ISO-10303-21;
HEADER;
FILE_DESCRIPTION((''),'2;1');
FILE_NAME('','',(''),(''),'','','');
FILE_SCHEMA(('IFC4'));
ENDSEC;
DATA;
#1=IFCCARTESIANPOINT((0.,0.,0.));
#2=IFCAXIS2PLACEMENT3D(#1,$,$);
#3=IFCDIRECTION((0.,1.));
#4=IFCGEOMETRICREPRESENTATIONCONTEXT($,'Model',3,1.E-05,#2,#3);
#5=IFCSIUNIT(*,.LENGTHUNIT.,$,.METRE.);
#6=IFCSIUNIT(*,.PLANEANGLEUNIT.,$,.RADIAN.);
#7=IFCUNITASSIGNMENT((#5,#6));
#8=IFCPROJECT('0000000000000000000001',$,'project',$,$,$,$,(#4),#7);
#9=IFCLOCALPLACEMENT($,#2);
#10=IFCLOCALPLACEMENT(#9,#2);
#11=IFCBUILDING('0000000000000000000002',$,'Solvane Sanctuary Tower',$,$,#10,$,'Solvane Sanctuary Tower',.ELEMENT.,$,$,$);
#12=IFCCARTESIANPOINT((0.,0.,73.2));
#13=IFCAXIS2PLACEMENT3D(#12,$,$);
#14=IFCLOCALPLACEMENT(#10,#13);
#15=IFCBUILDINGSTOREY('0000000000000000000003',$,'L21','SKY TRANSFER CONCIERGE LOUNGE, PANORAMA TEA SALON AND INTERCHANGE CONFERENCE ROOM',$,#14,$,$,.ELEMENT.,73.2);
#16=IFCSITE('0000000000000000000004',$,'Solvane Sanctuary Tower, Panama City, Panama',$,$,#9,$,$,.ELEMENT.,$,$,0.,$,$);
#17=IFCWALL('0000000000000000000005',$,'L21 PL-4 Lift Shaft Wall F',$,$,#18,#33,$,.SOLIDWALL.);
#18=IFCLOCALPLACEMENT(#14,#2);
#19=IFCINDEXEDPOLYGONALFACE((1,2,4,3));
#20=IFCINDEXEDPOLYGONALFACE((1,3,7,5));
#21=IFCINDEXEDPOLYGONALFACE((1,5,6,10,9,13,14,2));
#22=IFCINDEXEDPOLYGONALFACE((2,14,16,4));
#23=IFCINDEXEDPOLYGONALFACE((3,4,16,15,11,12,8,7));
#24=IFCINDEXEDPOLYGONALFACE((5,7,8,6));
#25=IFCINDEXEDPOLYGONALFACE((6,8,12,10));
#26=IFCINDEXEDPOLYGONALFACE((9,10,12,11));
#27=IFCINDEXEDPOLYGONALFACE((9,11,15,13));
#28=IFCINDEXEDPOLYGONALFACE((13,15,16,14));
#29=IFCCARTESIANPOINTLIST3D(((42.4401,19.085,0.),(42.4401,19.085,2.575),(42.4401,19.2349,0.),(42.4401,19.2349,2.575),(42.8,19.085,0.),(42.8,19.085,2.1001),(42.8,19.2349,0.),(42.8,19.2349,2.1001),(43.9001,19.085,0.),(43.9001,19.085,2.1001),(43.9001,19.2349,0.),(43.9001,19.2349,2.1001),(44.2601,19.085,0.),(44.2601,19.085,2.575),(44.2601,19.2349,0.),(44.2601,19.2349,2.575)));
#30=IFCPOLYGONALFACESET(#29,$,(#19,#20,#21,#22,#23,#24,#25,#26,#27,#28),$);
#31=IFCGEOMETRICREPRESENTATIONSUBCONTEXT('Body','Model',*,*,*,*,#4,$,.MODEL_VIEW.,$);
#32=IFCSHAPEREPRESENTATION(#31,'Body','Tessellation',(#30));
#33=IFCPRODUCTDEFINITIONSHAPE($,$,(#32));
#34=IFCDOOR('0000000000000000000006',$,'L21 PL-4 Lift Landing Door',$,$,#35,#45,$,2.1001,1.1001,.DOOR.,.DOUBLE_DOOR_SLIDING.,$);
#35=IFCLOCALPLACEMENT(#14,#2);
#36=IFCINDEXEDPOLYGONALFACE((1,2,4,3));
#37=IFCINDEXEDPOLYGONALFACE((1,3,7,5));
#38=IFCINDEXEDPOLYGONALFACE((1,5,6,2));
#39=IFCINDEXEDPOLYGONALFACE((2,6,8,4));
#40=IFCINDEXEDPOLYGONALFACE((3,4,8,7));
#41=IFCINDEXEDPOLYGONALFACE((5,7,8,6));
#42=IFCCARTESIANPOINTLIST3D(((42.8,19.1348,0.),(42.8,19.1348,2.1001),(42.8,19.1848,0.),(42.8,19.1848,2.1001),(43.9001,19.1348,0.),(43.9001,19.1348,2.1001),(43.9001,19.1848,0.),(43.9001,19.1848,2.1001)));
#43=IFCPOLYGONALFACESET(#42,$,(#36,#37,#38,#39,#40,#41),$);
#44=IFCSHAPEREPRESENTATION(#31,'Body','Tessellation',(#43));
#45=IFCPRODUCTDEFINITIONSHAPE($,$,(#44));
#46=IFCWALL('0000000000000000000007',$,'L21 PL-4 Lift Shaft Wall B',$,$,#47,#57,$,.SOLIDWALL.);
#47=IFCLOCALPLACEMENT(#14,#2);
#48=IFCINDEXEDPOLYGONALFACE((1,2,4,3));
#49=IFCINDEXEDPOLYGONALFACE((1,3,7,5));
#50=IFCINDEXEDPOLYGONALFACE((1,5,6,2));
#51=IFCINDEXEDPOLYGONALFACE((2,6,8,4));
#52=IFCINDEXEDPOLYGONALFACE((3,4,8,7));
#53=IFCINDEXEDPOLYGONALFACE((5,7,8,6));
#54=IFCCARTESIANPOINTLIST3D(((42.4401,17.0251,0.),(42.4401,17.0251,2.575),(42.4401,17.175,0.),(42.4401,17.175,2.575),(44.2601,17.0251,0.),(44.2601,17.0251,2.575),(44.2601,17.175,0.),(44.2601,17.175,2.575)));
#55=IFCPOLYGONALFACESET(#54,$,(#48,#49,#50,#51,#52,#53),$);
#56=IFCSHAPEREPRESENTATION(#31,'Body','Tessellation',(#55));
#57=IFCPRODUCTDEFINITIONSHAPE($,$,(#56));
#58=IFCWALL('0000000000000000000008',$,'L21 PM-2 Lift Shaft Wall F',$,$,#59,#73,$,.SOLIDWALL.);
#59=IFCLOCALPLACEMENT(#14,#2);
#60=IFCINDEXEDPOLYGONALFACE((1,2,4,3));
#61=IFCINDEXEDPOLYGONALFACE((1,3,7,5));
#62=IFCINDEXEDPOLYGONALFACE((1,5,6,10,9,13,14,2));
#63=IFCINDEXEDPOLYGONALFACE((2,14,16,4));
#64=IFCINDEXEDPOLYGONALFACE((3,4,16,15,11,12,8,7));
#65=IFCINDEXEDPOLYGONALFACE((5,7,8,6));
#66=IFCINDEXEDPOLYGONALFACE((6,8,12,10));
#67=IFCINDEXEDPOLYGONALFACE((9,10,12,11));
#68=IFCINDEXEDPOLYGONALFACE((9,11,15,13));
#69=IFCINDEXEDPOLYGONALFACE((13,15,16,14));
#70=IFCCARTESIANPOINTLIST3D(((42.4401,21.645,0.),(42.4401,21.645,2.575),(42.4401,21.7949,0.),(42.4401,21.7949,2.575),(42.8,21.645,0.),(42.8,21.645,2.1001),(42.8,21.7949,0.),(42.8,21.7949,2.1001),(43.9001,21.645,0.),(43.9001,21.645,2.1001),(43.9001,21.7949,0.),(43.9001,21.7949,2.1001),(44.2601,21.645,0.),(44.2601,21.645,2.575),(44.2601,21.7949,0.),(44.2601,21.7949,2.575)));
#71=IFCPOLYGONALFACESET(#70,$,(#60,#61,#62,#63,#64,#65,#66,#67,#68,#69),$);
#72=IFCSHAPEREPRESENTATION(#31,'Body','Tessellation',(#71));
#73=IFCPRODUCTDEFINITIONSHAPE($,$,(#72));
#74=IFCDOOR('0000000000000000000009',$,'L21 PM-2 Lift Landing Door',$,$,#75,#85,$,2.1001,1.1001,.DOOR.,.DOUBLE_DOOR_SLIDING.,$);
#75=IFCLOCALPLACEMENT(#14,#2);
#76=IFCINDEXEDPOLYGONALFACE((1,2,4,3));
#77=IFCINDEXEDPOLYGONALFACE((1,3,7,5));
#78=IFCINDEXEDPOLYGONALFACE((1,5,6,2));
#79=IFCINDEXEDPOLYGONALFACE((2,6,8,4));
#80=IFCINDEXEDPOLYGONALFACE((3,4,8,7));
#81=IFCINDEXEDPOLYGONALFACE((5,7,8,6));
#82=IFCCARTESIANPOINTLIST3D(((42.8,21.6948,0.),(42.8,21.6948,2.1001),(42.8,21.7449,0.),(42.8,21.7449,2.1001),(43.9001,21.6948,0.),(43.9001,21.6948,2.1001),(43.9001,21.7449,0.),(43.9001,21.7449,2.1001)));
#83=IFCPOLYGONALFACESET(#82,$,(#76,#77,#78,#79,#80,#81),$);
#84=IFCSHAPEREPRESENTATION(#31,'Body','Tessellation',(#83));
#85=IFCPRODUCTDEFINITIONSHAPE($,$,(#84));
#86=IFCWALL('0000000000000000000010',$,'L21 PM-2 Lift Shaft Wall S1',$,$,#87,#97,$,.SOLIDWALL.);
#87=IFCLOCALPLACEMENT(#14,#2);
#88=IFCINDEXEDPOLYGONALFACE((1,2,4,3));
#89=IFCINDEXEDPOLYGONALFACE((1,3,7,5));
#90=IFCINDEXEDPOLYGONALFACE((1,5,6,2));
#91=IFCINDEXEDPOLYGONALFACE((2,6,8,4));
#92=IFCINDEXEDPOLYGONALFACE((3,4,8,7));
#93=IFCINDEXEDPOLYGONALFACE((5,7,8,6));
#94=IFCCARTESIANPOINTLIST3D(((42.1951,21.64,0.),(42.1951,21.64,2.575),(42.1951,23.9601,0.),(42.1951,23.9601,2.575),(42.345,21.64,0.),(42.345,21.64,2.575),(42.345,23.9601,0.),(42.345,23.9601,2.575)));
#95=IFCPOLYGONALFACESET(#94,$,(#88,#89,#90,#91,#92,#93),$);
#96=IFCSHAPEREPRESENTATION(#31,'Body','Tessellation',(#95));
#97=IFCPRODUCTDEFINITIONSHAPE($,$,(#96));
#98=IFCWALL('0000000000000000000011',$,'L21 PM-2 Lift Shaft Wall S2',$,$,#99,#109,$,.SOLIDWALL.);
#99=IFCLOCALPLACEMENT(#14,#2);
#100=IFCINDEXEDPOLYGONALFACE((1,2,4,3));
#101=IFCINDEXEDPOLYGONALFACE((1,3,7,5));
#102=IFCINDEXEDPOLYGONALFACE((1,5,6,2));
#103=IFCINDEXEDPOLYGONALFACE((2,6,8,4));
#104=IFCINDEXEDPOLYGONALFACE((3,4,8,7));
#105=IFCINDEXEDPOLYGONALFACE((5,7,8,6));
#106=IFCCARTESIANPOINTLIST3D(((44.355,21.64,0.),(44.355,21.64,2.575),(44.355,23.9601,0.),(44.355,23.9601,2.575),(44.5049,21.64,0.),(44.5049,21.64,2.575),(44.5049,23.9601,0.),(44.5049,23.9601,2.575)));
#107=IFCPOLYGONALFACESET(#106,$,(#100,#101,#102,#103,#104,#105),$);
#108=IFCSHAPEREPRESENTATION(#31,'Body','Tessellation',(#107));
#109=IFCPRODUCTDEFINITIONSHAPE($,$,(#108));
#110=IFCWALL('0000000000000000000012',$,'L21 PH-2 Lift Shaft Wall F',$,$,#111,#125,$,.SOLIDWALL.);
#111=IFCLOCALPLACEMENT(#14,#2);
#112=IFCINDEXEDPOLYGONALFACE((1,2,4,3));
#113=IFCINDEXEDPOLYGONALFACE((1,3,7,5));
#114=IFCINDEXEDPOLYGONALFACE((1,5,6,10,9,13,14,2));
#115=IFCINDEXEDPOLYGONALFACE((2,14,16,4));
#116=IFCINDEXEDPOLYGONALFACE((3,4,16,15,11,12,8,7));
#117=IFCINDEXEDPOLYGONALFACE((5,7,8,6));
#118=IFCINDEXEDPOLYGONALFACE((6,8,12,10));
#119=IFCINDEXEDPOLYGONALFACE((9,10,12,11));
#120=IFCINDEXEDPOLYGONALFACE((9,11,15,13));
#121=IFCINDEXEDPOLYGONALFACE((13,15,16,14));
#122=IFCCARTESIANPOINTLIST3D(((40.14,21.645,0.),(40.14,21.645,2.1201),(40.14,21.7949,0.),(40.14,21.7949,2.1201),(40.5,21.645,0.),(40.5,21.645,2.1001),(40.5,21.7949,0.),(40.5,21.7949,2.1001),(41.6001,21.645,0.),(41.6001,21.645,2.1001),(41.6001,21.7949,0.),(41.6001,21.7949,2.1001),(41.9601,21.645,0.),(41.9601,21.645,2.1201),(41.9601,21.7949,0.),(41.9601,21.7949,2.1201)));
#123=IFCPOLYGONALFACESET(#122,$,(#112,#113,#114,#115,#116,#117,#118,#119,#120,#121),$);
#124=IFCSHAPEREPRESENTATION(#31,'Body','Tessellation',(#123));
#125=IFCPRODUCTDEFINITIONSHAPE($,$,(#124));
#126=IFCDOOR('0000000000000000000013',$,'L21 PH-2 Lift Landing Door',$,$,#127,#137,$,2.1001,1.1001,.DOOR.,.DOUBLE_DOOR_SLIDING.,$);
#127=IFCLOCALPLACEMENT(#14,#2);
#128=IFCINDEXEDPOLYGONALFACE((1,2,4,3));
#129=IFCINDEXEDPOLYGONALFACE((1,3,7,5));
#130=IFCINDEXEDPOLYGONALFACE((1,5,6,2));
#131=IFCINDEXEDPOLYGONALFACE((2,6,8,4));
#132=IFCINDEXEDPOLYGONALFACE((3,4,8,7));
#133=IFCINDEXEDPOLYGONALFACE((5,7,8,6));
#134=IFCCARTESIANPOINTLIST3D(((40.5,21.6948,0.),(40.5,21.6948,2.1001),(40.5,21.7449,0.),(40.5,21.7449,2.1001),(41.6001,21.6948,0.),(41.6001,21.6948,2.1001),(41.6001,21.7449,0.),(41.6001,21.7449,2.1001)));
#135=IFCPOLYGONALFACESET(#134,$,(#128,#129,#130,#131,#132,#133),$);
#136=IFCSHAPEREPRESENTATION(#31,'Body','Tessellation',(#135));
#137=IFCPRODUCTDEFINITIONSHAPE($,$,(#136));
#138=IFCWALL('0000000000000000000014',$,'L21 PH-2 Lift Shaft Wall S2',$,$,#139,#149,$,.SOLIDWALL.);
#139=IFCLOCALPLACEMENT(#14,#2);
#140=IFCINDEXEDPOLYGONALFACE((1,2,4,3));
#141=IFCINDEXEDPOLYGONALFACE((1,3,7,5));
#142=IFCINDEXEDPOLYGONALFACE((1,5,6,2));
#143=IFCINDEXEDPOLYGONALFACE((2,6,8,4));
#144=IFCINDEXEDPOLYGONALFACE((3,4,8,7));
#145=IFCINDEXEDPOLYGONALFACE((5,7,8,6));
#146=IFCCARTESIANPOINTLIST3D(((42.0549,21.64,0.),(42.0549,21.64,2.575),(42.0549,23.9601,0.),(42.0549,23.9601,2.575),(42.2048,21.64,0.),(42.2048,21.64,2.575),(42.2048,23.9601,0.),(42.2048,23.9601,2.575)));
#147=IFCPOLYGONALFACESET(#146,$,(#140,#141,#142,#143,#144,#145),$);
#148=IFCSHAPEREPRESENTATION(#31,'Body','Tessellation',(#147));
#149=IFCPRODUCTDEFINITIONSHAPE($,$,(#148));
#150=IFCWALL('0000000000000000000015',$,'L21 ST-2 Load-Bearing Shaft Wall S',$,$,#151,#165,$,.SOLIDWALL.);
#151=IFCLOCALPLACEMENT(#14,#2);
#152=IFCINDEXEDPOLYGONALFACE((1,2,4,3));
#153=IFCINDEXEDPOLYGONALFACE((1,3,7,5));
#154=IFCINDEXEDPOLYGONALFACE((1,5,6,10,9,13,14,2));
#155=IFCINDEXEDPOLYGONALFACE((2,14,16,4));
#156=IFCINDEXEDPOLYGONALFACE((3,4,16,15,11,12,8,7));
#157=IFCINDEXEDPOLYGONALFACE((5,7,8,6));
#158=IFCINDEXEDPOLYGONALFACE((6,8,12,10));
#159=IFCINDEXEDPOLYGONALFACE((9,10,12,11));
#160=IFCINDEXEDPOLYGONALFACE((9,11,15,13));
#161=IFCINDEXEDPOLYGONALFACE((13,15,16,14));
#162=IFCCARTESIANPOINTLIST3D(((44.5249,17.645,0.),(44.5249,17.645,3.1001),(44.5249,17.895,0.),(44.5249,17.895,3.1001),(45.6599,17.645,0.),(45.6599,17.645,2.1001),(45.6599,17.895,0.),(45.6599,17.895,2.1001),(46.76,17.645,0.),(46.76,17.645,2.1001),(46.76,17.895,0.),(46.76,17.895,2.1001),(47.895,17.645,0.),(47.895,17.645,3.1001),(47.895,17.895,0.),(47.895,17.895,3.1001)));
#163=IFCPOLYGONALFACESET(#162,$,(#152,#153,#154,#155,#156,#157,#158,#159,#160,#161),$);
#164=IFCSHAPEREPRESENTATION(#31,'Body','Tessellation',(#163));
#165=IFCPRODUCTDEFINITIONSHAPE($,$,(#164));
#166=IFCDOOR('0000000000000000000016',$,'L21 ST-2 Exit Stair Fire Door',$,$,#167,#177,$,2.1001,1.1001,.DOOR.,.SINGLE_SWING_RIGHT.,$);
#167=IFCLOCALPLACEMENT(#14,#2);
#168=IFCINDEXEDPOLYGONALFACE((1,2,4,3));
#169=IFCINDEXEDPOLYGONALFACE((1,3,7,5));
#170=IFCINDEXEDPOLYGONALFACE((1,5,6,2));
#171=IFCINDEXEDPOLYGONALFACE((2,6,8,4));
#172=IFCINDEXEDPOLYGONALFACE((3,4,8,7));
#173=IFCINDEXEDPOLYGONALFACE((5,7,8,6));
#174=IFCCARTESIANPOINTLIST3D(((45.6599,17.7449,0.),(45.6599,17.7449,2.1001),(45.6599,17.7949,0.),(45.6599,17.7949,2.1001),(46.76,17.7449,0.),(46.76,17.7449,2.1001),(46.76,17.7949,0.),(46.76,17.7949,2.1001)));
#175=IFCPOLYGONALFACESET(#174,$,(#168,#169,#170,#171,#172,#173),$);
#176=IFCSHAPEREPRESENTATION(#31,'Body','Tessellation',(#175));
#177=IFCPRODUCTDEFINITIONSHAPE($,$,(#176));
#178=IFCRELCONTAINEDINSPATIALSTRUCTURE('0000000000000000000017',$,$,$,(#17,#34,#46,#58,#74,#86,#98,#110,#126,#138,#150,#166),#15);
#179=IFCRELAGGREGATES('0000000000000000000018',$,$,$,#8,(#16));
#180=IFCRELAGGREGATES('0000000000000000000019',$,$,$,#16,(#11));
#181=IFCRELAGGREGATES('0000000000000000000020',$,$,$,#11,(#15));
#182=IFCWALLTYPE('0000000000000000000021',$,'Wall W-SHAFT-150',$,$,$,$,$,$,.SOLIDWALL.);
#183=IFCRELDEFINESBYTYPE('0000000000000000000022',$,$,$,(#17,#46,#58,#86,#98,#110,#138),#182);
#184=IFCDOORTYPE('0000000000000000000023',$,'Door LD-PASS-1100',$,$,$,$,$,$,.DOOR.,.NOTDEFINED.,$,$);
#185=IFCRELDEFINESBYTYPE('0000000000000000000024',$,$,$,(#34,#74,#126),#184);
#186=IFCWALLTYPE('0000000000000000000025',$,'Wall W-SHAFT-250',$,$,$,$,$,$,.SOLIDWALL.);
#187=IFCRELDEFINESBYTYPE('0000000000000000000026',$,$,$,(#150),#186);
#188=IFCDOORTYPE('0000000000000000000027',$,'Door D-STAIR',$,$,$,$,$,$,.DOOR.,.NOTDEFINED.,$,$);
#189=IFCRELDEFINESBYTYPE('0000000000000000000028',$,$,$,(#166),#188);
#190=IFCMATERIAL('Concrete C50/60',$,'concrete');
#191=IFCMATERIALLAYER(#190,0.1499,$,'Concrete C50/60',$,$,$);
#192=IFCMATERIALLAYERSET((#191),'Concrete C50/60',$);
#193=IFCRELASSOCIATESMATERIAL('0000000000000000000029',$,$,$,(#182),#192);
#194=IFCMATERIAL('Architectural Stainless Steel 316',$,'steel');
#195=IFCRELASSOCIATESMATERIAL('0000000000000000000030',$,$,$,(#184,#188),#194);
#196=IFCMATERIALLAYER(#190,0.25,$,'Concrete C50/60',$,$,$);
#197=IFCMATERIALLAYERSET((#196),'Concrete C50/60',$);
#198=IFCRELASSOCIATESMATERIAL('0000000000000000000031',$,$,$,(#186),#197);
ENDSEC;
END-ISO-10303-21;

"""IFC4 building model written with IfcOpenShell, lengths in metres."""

from ifc_helpers import new_model, si_unit, direction, frame, frame_2d, origin, place, context, subcontext, project, spatial, rectangle, extrude, material, layer, layer_set, type_object, element, fill, save


model = new_model("IFC4")

# Units and contexts
model_context = context("Model", 3, precision=1e-05, world=origin(), true_north=direction((0.0, 1.0)))
body_context = subcontext(model_context, "Body", "Model", "MODEL_VIEW")
ifc_project = project(units=[si_unit("LENGTHUNIT", "METRE"), si_unit("PLANEANGLEUNIT", "RADIAN")], contexts=[model_context])

# Site, building, storey
site_placement = place(None, origin())
site = spatial("IfcSite", under=ifc_project, at=site_placement, Name="Solvane Sanctuary Tower, Panama City, Panama", CompositionType="ELEMENT", RefElevation=0.0)
building_placement = place(site_placement, origin())
building = spatial("IfcBuilding", under=site, at=building_placement, Name="Solvane Sanctuary Tower", LongName="Solvane Sanctuary Tower", CompositionType="ELEMENT")
storey_placement = place(building_placement, frame((0.0, 0.0, 73.2)))
storey = spatial("IfcBuildingStorey", under=building, at=storey_placement, Name="L21", Description="SKY TRANSFER CONCIERGE LOUNGE, PANORAMA TEA SALON AND INTERCHANGE CONFERENCE ROOM", CompositionType="ELEMENT", Elevation=73.2)

# Wall, opening, door
ifc_material_1 = material(Name="Concrete C50/60", Category="concrete")
ifc_layer_1 = layer(ifc_material_1, 0.1499, Name="Concrete C50/60")
ifc_layer_set_1 = layer_set([ifc_layer_1], Name="Concrete C50/60")
wall_type_1 = type_object("IfcWallType", Name="Wall W-SHAFT-150", PredefinedType="SOLIDWALL", material=ifc_layer_set_1)
ifc_material_2 = material(Name="Architectural Stainless Steel 316", Category="steel")
door_type_1 = type_object("IfcDoorType", Name="Door LD-PASS-1100", OperationType="NOTDEFINED", PredefinedType="DOOR", material=ifc_material_2)
wall_1_placement = place(storey_placement, frame((42.4399, 19.1599, 0.0), z_axis=(0.0, 0.0, 1.0), x_axis=(1.0, 0.0, 0.0)))
wall_1 = element("IfcWall", 1, at=wall_1_placement, inside=storey, type_object=wall_type_1, Name="L21 PL-4 Lift Shaft Wall F", PredefinedType="SOLIDWALL", context=body_context, shape_type="SweptSolid", body=[
    extrude(rectangle(XDim=1.8201, YDim=0.1499, at=frame_2d((0.9102, 0.0))), origin(), (0.0, 0.0, 1.0), 2.575),
])
opening_1_placement = place(wall_1_placement, frame((0.3601, 0.0, 0.0)))
opening_1 = element("IfcOpeningElement", 2, at=opening_1_placement, cuts=wall_1, PredefinedType="OPENING", context=body_context, shape_type="SweptSolid", body=[
    extrude(rectangle(XDim=1.1001, YDim=2.1001, at=frame_2d((0.55, 1.05))), frame((0.0, 0.085, 0.0), z_axis=(0.0, -1.0, 0.0), x_axis=(1.0, 0.0, 0.0)), (0.0, 0.0, 1.0), 0.1699),
])
door_1_placement = place(opening_1_placement, origin())
door_1 = element("IfcDoor", 3, at=door_1_placement, inside=storey, type_object=door_type_1, Name="L21 PL-4 Lift Landing Door", OperationType="DOUBLE_DOOR_SLIDING", OverallHeight=2.1001, OverallWidth=1.1001, PredefinedType="DOOR", context=body_context, shape_type="SweptSolid", body=[
    extrude(rectangle(XDim=1.1001, YDim=2.1001, at=frame_2d((0.55, 1.05))), frame((0.0, 0.0249, 0.0), z_axis=(0.0, -1.0, 0.0), x_axis=(1.0, 0.0, 0.0)), (0.0, 0.0, 1.0), 0.05),
])
fill(opening_1, door_1)

# Wall
wall_2_placement = place(storey_placement, frame((42.4399, 17.1001, 0.0), z_axis=(0.0, 0.0, 1.0), x_axis=(1.0, 0.0, 0.0)))
element("IfcWall", 4, at=wall_2_placement, inside=storey, type_object=wall_type_1, Name="L21 PL-4 Lift Shaft Wall B", PredefinedType="SOLIDWALL", context=body_context, shape_type="SweptSolid", body=[
    extrude(rectangle(XDim=1.8201, YDim=0.1499, at=frame_2d((0.9102, 0.0))), origin(), (0.0, 0.0, 1.0), 2.575),
])

# Wall, opening, door
wall_3_placement = place(storey_placement, frame((42.4399, 21.72, 0.0), z_axis=(0.0, 0.0, 1.0), x_axis=(1.0, 0.0, 0.0)))
wall_3 = element("IfcWall", 5, at=wall_3_placement, inside=storey, type_object=wall_type_1, Name="L21 PM-2 Lift Shaft Wall F", PredefinedType="SOLIDWALL", context=body_context, shape_type="SweptSolid", body=[
    extrude(rectangle(XDim=1.8201, YDim=0.1499, at=frame_2d((0.9102, 0.0))), origin(), (0.0, 0.0, 1.0), 2.575),
])
opening_2_placement = place(wall_3_placement, frame((0.3601, 0.0, 0.0)))
opening_2 = element("IfcOpeningElement", 6, at=opening_2_placement, cuts=wall_3, PredefinedType="OPENING", context=body_context, shape_type="SweptSolid", body=[
    extrude(rectangle(XDim=1.1001, YDim=2.1001, at=frame_2d((0.55, 1.05))), frame((0.0, 0.085, 0.0), z_axis=(0.0, -1.0, 0.0), x_axis=(1.0, 0.0, 0.0)), (0.0, 0.0, 1.0), 0.1699),
])
door_2_placement = place(opening_2_placement, origin())
door_2 = element("IfcDoor", 7, at=door_2_placement, inside=storey, type_object=door_type_1, Name="L21 PM-2 Lift Landing Door", OperationType="DOUBLE_DOOR_SLIDING", OverallHeight=2.1001, OverallWidth=1.1001, PredefinedType="DOOR", context=body_context, shape_type="SweptSolid", body=[
    extrude(rectangle(XDim=1.1001, YDim=2.1001, at=frame_2d((0.55, 1.05))), frame((0.0, 0.0249, 0.0), z_axis=(0.0, -1.0, 0.0), x_axis=(1.0, 0.0, 0.0)), (0.0, 0.0, 1.0), 0.05),
])
fill(opening_2, door_2)

# Walls
for number, where, z_axis, x_axis, name in (
    (8, (42.27, 21.6399, 0.0), (0.0, 0.0, 1.0), (0.0, 1.0, 0.0), "L21 PM-2 Lift Shaft Wall S1"),
    (9, (44.4299, 21.6399, 0.0), (0.0, 0.0, 1.0), (0.0, 1.0, 0.0), "L21 PM-2 Lift Shaft Wall S2"),
):
    element("IfcWall", number, at=place(storey_placement, frame(where, z_axis=z_axis, x_axis=x_axis)), inside=storey, type_object=wall_type_1, Name=name, PredefinedType="SOLIDWALL", context=body_context, shape_type="SweptSolid", body=[
        extrude(rectangle(XDim=2.3201, YDim=0.1499, at=frame_2d((1.1602, 0.0))), origin(), (0.0, 0.0, 1.0), 2.575),
    ])

# Wall, opening, door
wall_4_placement = place(storey_placement, frame((40.1399, 21.72, 0.0), z_axis=(0.0, 0.0, 1.0), x_axis=(1.0, 0.0, 0.0)))
wall_4 = element("IfcWall", 10, at=wall_4_placement, inside=storey, type_object=wall_type_1, Name="L21 PH-2 Lift Shaft Wall F", PredefinedType="SOLIDWALL", context=body_context, shape_type="SweptSolid", body=[
    extrude(rectangle(XDim=1.8201, YDim=0.1499, at=frame_2d((0.9102, 0.0))), origin(), (0.0, 0.0, 1.0), 2.1201),
])
opening_3_placement = place(wall_4_placement, frame((0.3601, 0.0, 0.0)))
opening_3 = element("IfcOpeningElement", 11, at=opening_3_placement, cuts=wall_4, PredefinedType="OPENING", context=body_context, shape_type="SweptSolid", body=[
    extrude(rectangle(XDim=1.1001, YDim=2.1001, at=frame_2d((0.55, 1.05))), frame((0.0, 0.085, 0.0), z_axis=(0.0, -1.0, 0.0), x_axis=(1.0, 0.0, 0.0)), (0.0, 0.0, 1.0), 0.1699),
])
door_3_placement = place(opening_3_placement, origin())
door_3 = element("IfcDoor", 12, at=door_3_placement, inside=storey, type_object=door_type_1, Name="L21 PH-2 Lift Landing Door", OperationType="DOUBLE_DOOR_SLIDING", OverallHeight=2.1001, OverallWidth=1.1001, PredefinedType="DOOR", context=body_context, shape_type="SweptSolid", body=[
    extrude(rectangle(XDim=1.1001, YDim=2.1001, at=frame_2d((0.55, 1.05))), frame((0.0, 0.0249, 0.0), z_axis=(0.0, -1.0, 0.0), x_axis=(1.0, 0.0, 0.0)), (0.0, 0.0, 1.0), 0.05),
])
fill(opening_3, door_3)

# Wall
wall_5_placement = place(storey_placement, frame((42.1299, 21.6399, 0.0), z_axis=(0.0, 0.0, 1.0), x_axis=(0.0, 1.0, 0.0)))
element("IfcWall", 13, at=wall_5_placement, inside=storey, type_object=wall_type_1, Name="L21 PH-2 Lift Shaft Wall S2", PredefinedType="SOLIDWALL", context=body_context, shape_type="SweptSolid", body=[
    extrude(rectangle(XDim=2.3201, YDim=0.1499, at=frame_2d((1.1602, 0.0))), origin(), (0.0, 0.0, 1.0), 2.575),
])

# Wall, opening, door
ifc_layer_2 = layer(ifc_material_1, 0.25, Name="Concrete C50/60")
ifc_layer_set_2 = layer_set([ifc_layer_2], Name="Concrete C50/60")
wall_type_2 = type_object("IfcWallType", Name="Wall W-SHAFT-250", PredefinedType="SOLIDWALL", material=ifc_layer_set_2)
wall_6_placement = place(storey_placement, frame((44.5249, 17.77, 0.0), z_axis=(0.0, 0.0, 1.0), x_axis=(1.0, 0.0, 0.0)))
wall_6 = element("IfcWall", 14, at=wall_6_placement, inside=storey, type_object=wall_type_2, Name="L21 ST-2 Load-Bearing Shaft Wall S", PredefinedType="SOLIDWALL", context=body_context, shape_type="SweptSolid", body=[
    extrude(rectangle(XDim=3.3701, YDim=0.25, at=frame_2d((1.6851, 0.0))), origin(), (0.0, 0.0, 1.0), 3.1001),
])
opening_4_placement = place(wall_6_placement, frame((1.135, 0.0, 0.0)))
opening_4 = element("IfcOpeningElement", 15, at=opening_4_placement, cuts=wall_6, PredefinedType="OPENING", context=body_context, shape_type="SweptSolid", body=[
    extrude(rectangle(XDim=1.1001, YDim=2.1001, at=frame_2d((0.55, 1.05))), frame((0.0, 0.135, 0.0), z_axis=(0.0, -1.0, 0.0), x_axis=(1.0, 0.0, 0.0)), (0.0, 0.0, 1.0), 0.27),
])
door_type_2 = type_object("IfcDoorType", Name="Door D-STAIR", OperationType="NOTDEFINED", PredefinedType="DOOR", material=ifc_material_2)
door_4_placement = place(opening_4_placement, origin())
door_4 = element("IfcDoor", 16, at=door_4_placement, inside=storey, type_object=door_type_2, Name="L21 ST-2 Exit Stair Fire Door", OperationType="SINGLE_SWING_RIGHT", OverallHeight=2.1001, OverallWidth=1.1001, PredefinedType="DOOR", context=body_context, shape_type="SweptSolid", body=[
    extrude(rectangle(XDim=1.1001, YDim=2.1001, at=frame_2d((0.55, 1.05))), frame((0.0, 0.0249, 0.0), z_axis=(0.0, -1.0, 0.0), x_axis=(1.0, 0.0, 0.0)), (0.0, 0.0, 1.0), 0.05),
])
fill(opening_4, door_4)

save(model, "model.ifc")
